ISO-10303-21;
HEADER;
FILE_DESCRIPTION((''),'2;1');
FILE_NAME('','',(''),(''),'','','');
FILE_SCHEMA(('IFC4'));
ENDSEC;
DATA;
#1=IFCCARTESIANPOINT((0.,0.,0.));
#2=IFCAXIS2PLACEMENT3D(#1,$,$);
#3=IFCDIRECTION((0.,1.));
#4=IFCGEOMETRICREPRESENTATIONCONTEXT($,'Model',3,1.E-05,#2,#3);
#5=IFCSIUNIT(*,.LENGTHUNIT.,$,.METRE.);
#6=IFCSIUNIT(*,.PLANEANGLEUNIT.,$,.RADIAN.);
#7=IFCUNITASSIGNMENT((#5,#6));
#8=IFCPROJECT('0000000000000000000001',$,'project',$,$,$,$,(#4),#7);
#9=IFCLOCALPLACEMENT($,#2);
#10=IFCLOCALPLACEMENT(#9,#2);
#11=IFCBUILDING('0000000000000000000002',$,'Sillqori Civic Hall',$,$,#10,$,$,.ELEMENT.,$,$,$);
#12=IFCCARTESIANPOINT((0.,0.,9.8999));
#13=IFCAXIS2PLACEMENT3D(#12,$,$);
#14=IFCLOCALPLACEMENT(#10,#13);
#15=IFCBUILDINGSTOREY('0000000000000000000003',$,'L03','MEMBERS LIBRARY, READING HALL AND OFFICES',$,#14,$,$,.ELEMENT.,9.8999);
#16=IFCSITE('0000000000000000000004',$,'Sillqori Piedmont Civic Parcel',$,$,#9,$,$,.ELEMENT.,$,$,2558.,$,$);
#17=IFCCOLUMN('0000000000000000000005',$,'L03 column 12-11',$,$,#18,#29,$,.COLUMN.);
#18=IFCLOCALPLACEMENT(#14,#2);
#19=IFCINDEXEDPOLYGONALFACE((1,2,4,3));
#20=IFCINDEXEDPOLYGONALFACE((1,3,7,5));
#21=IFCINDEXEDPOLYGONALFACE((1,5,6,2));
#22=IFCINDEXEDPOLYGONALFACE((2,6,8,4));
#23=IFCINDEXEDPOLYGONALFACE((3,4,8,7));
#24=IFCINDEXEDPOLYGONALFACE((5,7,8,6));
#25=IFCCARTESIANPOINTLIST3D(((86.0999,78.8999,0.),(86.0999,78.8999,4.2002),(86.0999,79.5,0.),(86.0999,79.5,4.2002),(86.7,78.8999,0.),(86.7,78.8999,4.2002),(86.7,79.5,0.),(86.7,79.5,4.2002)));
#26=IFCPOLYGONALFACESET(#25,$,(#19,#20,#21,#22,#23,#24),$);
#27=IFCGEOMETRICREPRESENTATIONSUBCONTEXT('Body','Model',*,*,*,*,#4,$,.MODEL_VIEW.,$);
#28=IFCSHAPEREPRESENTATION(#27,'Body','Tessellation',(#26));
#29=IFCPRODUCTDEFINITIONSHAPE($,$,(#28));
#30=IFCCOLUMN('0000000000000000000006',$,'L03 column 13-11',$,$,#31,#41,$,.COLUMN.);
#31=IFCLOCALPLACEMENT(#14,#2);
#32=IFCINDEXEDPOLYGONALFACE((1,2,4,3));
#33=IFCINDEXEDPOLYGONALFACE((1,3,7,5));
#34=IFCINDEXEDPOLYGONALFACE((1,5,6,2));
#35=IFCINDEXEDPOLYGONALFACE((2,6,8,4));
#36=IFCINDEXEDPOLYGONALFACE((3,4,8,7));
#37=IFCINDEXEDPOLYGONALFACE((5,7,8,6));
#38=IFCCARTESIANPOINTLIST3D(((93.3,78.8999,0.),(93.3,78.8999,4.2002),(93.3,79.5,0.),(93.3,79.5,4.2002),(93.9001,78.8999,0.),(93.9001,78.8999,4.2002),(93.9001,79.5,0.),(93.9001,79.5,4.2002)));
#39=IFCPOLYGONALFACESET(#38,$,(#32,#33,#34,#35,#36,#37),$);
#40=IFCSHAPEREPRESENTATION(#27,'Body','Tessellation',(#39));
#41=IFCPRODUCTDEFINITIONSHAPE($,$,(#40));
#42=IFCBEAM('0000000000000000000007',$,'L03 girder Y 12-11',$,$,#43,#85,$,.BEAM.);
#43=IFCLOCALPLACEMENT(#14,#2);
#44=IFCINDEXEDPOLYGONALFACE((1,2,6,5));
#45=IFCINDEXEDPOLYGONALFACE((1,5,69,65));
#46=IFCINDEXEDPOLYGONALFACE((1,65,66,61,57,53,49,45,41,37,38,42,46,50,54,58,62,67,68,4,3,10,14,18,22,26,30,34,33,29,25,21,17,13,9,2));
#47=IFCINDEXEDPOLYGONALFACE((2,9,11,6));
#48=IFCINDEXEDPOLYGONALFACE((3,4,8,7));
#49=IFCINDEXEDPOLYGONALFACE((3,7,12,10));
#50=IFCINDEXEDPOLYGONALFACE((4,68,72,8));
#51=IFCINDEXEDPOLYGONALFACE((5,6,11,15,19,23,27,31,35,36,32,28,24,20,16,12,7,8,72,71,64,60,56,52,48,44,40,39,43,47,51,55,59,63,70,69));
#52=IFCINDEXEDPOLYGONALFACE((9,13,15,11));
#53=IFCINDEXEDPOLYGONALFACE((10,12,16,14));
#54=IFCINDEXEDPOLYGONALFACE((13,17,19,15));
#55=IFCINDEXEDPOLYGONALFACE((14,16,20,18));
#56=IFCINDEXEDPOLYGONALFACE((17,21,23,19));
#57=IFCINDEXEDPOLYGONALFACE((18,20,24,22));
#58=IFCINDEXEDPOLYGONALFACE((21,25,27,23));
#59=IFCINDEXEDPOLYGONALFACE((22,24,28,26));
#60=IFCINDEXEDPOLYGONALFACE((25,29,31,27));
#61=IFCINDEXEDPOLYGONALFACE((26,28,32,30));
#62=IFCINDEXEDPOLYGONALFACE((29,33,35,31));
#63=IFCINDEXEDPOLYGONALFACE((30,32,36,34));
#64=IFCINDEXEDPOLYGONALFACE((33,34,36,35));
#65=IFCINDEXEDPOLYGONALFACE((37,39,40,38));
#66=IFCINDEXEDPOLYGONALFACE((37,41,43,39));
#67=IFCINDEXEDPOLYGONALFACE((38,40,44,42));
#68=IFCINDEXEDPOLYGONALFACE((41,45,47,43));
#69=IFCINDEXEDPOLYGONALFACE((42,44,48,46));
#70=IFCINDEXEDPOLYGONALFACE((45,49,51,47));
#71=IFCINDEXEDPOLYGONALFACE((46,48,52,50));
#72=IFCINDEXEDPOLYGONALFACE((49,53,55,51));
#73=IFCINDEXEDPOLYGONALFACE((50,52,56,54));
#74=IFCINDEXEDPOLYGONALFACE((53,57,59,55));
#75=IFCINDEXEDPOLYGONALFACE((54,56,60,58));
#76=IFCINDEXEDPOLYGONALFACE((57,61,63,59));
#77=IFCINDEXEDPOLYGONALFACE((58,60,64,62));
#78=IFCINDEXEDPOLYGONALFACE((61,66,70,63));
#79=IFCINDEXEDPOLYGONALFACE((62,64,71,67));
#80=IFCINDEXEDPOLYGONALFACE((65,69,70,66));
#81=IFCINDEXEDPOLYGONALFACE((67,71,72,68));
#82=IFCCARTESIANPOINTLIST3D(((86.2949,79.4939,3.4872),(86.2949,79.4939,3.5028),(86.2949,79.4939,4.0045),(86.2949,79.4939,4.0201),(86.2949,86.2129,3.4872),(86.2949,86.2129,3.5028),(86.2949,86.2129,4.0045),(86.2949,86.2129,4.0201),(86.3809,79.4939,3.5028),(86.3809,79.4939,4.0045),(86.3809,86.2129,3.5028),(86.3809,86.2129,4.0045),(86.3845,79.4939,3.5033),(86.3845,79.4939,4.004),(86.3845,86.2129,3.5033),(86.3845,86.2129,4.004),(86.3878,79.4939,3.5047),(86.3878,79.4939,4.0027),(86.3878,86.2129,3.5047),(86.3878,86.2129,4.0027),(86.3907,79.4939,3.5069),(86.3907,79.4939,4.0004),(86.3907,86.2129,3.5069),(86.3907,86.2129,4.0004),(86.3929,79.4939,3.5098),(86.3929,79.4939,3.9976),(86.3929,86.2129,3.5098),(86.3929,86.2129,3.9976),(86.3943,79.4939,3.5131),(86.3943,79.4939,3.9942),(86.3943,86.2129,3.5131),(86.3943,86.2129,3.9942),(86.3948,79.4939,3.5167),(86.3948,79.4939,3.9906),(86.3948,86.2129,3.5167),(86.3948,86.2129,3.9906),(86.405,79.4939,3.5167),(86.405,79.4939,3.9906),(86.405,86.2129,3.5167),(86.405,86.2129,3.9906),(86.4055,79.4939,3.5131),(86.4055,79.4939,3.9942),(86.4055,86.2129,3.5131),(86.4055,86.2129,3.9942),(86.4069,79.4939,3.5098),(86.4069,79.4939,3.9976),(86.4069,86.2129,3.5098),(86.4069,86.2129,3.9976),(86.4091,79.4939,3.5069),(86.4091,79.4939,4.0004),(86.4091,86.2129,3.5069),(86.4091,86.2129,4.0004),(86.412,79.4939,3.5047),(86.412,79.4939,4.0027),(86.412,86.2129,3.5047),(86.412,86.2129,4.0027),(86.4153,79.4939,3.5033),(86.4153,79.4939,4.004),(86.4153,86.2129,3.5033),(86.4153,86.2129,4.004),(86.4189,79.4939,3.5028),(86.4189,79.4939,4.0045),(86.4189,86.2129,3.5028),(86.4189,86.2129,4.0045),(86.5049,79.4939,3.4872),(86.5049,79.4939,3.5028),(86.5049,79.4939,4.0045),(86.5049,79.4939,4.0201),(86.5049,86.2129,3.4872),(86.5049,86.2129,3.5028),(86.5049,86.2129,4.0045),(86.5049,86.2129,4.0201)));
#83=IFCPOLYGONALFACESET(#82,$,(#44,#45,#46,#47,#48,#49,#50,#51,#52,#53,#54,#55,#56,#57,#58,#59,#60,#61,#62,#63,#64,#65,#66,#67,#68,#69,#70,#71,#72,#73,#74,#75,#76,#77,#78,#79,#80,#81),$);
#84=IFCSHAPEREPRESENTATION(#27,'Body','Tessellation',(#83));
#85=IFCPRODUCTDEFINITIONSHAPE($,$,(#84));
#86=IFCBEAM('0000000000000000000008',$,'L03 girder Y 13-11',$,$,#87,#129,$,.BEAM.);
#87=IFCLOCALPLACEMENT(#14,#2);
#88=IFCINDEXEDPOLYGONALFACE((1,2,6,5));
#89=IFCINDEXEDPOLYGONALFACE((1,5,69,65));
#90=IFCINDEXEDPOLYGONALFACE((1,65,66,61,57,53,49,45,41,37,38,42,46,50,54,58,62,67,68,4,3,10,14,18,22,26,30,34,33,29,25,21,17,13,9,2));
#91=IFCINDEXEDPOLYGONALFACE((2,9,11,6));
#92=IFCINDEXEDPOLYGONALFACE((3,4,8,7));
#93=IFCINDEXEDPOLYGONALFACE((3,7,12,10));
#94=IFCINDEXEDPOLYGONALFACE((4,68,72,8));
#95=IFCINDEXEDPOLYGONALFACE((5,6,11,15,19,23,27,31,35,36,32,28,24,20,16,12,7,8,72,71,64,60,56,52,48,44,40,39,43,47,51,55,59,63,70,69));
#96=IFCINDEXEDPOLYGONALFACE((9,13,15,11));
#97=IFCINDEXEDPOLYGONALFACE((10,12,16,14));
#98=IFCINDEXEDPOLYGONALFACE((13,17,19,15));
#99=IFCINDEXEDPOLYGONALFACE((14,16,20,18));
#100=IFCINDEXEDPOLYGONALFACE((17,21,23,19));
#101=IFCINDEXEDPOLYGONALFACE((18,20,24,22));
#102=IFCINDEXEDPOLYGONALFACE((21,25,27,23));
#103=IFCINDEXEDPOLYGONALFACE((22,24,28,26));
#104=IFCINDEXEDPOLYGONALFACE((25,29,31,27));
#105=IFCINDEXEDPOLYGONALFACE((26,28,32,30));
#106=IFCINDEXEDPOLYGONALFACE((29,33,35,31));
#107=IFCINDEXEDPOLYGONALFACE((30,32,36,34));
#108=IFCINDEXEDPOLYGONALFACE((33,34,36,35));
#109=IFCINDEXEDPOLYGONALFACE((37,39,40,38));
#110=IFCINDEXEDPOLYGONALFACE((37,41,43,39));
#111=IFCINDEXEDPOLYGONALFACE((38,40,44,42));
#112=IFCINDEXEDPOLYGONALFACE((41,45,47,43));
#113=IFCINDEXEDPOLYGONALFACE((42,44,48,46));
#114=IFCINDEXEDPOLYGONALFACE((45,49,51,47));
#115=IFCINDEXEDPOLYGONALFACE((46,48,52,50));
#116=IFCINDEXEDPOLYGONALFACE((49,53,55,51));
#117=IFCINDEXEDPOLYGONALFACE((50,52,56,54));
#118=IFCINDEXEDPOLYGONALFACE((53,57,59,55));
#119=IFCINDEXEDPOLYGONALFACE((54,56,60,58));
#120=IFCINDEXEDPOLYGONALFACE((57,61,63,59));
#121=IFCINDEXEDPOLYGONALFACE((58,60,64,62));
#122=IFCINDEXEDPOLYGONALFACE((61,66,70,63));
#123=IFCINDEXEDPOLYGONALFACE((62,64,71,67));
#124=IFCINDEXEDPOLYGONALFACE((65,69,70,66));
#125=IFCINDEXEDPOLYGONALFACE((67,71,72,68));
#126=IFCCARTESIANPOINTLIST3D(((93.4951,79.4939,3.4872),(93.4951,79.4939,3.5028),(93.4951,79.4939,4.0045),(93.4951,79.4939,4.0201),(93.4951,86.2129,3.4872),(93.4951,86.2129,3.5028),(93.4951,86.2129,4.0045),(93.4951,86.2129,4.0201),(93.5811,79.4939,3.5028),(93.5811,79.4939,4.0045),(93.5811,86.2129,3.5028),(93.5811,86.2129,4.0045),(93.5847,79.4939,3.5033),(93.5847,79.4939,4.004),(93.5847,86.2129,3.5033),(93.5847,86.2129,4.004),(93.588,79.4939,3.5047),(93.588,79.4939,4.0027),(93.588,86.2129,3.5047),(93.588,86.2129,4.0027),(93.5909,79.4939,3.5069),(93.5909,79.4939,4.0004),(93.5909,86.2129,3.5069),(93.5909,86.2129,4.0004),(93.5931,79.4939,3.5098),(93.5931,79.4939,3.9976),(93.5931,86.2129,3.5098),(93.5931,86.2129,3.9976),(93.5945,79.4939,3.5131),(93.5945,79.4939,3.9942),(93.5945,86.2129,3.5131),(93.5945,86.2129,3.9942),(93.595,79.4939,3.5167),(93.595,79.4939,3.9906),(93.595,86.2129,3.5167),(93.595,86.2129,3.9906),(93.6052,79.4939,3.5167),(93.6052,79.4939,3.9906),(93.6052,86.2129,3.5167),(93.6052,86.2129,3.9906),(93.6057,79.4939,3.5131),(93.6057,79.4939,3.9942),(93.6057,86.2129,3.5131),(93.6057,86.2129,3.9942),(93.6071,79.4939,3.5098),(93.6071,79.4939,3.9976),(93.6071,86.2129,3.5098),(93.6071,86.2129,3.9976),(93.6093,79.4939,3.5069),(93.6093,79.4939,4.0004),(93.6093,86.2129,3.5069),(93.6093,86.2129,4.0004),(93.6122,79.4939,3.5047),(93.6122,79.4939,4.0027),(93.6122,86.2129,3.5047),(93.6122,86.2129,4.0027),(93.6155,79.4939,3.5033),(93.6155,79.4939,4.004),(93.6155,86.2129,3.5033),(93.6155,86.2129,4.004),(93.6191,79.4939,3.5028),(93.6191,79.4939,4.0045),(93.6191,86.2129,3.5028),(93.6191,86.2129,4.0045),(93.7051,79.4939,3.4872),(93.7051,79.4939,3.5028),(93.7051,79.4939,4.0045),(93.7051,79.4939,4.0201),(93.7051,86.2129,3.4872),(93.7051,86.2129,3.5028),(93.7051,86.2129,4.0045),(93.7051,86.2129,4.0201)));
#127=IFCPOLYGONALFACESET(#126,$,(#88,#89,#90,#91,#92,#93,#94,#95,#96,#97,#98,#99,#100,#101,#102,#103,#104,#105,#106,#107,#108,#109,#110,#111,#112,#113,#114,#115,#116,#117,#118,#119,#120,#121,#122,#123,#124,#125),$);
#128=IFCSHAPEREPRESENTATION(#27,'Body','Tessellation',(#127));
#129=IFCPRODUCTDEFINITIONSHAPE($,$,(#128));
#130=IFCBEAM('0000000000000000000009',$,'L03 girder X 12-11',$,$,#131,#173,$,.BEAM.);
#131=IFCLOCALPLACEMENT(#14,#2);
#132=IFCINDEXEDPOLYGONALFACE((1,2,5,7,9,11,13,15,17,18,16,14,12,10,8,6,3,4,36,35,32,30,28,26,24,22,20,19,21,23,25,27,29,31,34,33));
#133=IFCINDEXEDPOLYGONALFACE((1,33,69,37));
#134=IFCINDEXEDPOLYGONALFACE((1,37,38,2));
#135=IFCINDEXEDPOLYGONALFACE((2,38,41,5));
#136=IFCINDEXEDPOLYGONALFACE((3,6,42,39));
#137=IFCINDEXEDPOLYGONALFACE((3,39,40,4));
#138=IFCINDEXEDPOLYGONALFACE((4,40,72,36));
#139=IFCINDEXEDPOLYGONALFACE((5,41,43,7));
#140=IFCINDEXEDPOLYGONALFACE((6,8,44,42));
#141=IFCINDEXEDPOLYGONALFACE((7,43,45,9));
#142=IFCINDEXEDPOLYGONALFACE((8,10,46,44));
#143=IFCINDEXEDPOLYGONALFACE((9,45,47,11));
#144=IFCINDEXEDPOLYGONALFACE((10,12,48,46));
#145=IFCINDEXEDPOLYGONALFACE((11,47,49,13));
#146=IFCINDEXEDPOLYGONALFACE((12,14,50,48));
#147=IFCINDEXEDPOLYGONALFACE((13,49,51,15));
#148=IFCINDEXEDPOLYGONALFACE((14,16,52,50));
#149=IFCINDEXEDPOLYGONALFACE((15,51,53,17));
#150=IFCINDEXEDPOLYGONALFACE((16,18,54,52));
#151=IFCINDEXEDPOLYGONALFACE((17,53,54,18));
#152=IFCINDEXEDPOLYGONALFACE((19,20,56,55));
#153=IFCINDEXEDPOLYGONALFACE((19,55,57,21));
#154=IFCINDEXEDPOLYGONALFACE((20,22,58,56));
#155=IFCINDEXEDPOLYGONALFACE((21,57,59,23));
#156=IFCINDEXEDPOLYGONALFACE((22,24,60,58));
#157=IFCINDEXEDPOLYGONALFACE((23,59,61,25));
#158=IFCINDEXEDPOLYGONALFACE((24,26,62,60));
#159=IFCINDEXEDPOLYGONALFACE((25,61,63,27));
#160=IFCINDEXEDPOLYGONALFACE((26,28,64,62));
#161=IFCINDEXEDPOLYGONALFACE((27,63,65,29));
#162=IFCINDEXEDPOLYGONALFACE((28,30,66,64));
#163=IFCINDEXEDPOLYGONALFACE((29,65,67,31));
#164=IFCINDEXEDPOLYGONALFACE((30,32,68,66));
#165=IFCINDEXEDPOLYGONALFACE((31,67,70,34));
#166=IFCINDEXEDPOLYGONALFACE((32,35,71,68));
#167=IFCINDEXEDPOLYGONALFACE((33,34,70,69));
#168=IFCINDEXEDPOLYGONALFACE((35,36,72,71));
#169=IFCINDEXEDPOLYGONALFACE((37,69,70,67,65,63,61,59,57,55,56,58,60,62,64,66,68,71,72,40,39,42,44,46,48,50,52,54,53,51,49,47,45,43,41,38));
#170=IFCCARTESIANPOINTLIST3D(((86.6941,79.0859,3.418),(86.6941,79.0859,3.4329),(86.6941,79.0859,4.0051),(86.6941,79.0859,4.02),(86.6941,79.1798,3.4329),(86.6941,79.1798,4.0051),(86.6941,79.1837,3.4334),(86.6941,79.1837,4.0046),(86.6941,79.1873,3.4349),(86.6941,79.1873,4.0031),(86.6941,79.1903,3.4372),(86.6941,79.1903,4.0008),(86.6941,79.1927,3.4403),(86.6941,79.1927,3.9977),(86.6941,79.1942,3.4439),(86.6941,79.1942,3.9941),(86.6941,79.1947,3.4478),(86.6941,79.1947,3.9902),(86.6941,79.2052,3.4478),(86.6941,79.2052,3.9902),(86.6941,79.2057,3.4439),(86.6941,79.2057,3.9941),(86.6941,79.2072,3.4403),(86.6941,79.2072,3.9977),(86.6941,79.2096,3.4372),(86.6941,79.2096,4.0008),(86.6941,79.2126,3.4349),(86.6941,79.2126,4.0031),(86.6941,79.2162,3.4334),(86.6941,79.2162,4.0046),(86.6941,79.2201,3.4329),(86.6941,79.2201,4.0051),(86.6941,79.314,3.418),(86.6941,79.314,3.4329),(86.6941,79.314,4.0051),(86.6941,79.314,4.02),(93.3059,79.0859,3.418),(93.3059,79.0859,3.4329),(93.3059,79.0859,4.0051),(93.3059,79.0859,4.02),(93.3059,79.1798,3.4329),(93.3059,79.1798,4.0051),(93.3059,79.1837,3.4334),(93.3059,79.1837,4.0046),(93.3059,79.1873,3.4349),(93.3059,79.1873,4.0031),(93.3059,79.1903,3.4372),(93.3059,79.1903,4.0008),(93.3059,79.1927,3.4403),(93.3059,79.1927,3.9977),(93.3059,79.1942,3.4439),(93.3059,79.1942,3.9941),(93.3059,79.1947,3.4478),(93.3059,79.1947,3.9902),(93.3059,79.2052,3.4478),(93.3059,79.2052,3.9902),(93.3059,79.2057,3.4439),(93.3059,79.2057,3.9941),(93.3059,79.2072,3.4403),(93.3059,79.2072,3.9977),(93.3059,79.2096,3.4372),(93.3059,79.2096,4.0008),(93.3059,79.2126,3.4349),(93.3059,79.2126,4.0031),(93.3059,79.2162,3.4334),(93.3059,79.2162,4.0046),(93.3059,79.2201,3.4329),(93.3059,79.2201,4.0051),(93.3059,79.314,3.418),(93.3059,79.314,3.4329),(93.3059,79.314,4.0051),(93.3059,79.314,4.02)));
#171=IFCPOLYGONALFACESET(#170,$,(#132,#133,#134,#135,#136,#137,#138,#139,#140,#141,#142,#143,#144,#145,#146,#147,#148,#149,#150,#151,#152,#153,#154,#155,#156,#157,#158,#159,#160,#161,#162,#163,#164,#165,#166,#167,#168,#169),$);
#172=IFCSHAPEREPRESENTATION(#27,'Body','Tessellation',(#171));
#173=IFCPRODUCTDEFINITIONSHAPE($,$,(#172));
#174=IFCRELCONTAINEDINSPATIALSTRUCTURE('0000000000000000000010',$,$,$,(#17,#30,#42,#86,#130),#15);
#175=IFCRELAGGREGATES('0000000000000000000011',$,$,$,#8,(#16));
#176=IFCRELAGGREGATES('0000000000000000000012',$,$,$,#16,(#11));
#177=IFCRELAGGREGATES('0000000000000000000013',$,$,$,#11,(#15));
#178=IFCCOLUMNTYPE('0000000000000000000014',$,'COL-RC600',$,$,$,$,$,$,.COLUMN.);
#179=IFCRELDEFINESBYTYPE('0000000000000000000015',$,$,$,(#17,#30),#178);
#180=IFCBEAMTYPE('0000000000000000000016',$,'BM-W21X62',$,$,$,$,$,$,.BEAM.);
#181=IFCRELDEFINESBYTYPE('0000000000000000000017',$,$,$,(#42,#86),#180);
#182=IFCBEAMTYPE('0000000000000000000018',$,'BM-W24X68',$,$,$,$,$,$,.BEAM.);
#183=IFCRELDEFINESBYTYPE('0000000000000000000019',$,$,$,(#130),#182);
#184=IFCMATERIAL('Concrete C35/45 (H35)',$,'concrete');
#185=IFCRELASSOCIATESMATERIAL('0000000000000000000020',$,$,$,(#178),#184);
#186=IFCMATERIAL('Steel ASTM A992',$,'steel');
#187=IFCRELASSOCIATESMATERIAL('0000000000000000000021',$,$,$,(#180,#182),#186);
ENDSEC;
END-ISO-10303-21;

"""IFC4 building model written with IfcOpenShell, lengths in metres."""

from ifc_helpers import new_model, si_unit, direction, frame, origin, origin_2d, place, context, subcontext, project, spatial, rectangle, i_section, extrude, material, material_profile, profile_set, type_object, element, save


model = new_model("IFC4")

# Units and contexts
model_context = context("Model", 3, precision=1e-05, world=origin(), true_north=direction((0.0, 1.0)))
body_context = subcontext(model_context, "Body", "Model", "MODEL_VIEW")
ifc_project = project(units=[si_unit("LENGTHUNIT", "METRE"), si_unit("PLANEANGLEUNIT", "RADIAN")], contexts=[model_context])

# Site, building, storey
site_placement = place(None, origin())
site = spatial("IfcSite", under=ifc_project, at=site_placement, Name="Sillqori Piedmont Civic Parcel", CompositionType="ELEMENT", RefElevation=2558.0)
building_placement = place(site_placement, origin())
building = spatial("IfcBuilding", under=site, at=building_placement, Name="Sillqori Civic Hall", CompositionType="ELEMENT")
storey_placement = place(building_placement, frame((0.0, 0.0, 9.8999)))
storey = spatial("IfcBuildingStorey", under=building, at=storey_placement, Name="L03", Description="MEMBERS LIBRARY, READING HALL AND OFFICES", CompositionType="ELEMENT", Elevation=9.8999)

# Columns
ifc_material_1 = material(Name="Concrete C35/45 (H35)", Category="concrete")
ifc_material_profile_1 = material_profile(ifc_material_1, rectangle(XDim=0.6001, YDim=0.6001, at=origin_2d()), Name="RC 600x600")
ifc_profile_set_1 = profile_set([ifc_material_profile_1], Name="Concrete C35/45 (H35)")
column_type = type_object("IfcColumnType", Name="COL-RC600", PredefinedType="COLUMN", material=ifc_profile_set_1)
for number, where, z_axis, x_axis, name in (
    (1, (86.3999, 79.2, 0.0), (0.0, 0.0, 1.0), (1.0, 0.0, 0.0), "L03 column 12-11"),
    (2, (93.6001, 79.2, 0.0), (0.0, 0.0, 1.0), (1.0, 0.0, 0.0), "L03 column 13-11"),
):
    element("IfcColumn", number, at=place(storey_placement, frame(where, z_axis=z_axis, x_axis=x_axis)), inside=storey, type_object=column_type, Name=name, PredefinedType="COLUMN", context=body_context, shape_type="SweptSolid", body=[
        extrude(rectangle(XDim=0.6001, YDim=0.6001, at=origin_2d()), origin(), (0.0, 0.0, 1.0), 4.2002),
    ])

# Beams
ifc_material_2 = material(Name="Steel ASTM A992", Category="steel")
ifc_material_profile_2 = material_profile(ifc_material_2, i_section(OverallWidth=0.21, OverallDepth=0.533, WebThickness=0.0103, FlangeThickness=0.0156, FilletRadius=0.0139, at=origin_2d()), Name="W21X62")
ifc_profile_set_2 = profile_set([ifc_material_profile_2], Name="Steel ASTM A992")
beam_type_1 = type_object("IfcBeamType", Name="BM-W21X62", PredefinedType="BEAM", material=ifc_profile_set_2)
for number, where, z_axis, x_axis, name in (
    (3, (86.3999, 79.4939, 3.7537), (0.0, 1.0, 0.0), (-1.0, 0.0, 0.0), "L03 girder Y 12-11"),
    (4, (93.6001, 79.4939, 3.7537), (0.0, 1.0, 0.0), (-1.0, 0.0, 0.0), "L03 girder Y 13-11"),
):
    element("IfcBeam", number, at=place(storey_placement, frame(where, z_axis=z_axis, x_axis=x_axis)), inside=storey, type_object=beam_type_1, Name=name, PredefinedType="BEAM", context=body_context, shape_type="SweptSolid", body=[
        extrude(i_section(OverallWidth=0.21, OverallDepth=0.533, WebThickness=0.0103, FlangeThickness=0.0156, FilletRadius=0.0139, at=origin_2d()), origin(), (0.0, 0.0, 1.0), 6.719),
    ])
ifc_material_profile_3 = material_profile(ifc_material_2, i_section(OverallWidth=0.228, OverallDepth=0.6021, WebThickness=0.0105, FlangeThickness=0.0149, FilletRadius=0.0149, at=origin_2d()), Name="W24X68")
ifc_profile_set_3 = profile_set([ifc_material_profile_3], Name="Steel ASTM A992")
beam_type_2 = type_object("IfcBeamType", Name="BM-W24X68", PredefinedType="BEAM", material=ifc_profile_set_3)
beam_1_placement = place(storey_placement, frame((86.6941, 79.2, 3.719), z_axis=(1.0, 0.0, 0.0), x_axis=(0.0, 1.0, 0.0)))
element("IfcBeam", 5, at=beam_1_placement, inside=storey, type_object=beam_type_2, Name="L03 girder X 12-11", PredefinedType="BEAM", context=body_context, shape_type="SweptSolid", body=[
    extrude(i_section(OverallWidth=0.228, OverallDepth=0.6021, WebThickness=0.0105, FlangeThickness=0.0149, FilletRadius=0.0149, at=origin_2d()), origin(), (0.0, 0.0, 1.0), 6.6118),
])

save(model, "model.ifc")
